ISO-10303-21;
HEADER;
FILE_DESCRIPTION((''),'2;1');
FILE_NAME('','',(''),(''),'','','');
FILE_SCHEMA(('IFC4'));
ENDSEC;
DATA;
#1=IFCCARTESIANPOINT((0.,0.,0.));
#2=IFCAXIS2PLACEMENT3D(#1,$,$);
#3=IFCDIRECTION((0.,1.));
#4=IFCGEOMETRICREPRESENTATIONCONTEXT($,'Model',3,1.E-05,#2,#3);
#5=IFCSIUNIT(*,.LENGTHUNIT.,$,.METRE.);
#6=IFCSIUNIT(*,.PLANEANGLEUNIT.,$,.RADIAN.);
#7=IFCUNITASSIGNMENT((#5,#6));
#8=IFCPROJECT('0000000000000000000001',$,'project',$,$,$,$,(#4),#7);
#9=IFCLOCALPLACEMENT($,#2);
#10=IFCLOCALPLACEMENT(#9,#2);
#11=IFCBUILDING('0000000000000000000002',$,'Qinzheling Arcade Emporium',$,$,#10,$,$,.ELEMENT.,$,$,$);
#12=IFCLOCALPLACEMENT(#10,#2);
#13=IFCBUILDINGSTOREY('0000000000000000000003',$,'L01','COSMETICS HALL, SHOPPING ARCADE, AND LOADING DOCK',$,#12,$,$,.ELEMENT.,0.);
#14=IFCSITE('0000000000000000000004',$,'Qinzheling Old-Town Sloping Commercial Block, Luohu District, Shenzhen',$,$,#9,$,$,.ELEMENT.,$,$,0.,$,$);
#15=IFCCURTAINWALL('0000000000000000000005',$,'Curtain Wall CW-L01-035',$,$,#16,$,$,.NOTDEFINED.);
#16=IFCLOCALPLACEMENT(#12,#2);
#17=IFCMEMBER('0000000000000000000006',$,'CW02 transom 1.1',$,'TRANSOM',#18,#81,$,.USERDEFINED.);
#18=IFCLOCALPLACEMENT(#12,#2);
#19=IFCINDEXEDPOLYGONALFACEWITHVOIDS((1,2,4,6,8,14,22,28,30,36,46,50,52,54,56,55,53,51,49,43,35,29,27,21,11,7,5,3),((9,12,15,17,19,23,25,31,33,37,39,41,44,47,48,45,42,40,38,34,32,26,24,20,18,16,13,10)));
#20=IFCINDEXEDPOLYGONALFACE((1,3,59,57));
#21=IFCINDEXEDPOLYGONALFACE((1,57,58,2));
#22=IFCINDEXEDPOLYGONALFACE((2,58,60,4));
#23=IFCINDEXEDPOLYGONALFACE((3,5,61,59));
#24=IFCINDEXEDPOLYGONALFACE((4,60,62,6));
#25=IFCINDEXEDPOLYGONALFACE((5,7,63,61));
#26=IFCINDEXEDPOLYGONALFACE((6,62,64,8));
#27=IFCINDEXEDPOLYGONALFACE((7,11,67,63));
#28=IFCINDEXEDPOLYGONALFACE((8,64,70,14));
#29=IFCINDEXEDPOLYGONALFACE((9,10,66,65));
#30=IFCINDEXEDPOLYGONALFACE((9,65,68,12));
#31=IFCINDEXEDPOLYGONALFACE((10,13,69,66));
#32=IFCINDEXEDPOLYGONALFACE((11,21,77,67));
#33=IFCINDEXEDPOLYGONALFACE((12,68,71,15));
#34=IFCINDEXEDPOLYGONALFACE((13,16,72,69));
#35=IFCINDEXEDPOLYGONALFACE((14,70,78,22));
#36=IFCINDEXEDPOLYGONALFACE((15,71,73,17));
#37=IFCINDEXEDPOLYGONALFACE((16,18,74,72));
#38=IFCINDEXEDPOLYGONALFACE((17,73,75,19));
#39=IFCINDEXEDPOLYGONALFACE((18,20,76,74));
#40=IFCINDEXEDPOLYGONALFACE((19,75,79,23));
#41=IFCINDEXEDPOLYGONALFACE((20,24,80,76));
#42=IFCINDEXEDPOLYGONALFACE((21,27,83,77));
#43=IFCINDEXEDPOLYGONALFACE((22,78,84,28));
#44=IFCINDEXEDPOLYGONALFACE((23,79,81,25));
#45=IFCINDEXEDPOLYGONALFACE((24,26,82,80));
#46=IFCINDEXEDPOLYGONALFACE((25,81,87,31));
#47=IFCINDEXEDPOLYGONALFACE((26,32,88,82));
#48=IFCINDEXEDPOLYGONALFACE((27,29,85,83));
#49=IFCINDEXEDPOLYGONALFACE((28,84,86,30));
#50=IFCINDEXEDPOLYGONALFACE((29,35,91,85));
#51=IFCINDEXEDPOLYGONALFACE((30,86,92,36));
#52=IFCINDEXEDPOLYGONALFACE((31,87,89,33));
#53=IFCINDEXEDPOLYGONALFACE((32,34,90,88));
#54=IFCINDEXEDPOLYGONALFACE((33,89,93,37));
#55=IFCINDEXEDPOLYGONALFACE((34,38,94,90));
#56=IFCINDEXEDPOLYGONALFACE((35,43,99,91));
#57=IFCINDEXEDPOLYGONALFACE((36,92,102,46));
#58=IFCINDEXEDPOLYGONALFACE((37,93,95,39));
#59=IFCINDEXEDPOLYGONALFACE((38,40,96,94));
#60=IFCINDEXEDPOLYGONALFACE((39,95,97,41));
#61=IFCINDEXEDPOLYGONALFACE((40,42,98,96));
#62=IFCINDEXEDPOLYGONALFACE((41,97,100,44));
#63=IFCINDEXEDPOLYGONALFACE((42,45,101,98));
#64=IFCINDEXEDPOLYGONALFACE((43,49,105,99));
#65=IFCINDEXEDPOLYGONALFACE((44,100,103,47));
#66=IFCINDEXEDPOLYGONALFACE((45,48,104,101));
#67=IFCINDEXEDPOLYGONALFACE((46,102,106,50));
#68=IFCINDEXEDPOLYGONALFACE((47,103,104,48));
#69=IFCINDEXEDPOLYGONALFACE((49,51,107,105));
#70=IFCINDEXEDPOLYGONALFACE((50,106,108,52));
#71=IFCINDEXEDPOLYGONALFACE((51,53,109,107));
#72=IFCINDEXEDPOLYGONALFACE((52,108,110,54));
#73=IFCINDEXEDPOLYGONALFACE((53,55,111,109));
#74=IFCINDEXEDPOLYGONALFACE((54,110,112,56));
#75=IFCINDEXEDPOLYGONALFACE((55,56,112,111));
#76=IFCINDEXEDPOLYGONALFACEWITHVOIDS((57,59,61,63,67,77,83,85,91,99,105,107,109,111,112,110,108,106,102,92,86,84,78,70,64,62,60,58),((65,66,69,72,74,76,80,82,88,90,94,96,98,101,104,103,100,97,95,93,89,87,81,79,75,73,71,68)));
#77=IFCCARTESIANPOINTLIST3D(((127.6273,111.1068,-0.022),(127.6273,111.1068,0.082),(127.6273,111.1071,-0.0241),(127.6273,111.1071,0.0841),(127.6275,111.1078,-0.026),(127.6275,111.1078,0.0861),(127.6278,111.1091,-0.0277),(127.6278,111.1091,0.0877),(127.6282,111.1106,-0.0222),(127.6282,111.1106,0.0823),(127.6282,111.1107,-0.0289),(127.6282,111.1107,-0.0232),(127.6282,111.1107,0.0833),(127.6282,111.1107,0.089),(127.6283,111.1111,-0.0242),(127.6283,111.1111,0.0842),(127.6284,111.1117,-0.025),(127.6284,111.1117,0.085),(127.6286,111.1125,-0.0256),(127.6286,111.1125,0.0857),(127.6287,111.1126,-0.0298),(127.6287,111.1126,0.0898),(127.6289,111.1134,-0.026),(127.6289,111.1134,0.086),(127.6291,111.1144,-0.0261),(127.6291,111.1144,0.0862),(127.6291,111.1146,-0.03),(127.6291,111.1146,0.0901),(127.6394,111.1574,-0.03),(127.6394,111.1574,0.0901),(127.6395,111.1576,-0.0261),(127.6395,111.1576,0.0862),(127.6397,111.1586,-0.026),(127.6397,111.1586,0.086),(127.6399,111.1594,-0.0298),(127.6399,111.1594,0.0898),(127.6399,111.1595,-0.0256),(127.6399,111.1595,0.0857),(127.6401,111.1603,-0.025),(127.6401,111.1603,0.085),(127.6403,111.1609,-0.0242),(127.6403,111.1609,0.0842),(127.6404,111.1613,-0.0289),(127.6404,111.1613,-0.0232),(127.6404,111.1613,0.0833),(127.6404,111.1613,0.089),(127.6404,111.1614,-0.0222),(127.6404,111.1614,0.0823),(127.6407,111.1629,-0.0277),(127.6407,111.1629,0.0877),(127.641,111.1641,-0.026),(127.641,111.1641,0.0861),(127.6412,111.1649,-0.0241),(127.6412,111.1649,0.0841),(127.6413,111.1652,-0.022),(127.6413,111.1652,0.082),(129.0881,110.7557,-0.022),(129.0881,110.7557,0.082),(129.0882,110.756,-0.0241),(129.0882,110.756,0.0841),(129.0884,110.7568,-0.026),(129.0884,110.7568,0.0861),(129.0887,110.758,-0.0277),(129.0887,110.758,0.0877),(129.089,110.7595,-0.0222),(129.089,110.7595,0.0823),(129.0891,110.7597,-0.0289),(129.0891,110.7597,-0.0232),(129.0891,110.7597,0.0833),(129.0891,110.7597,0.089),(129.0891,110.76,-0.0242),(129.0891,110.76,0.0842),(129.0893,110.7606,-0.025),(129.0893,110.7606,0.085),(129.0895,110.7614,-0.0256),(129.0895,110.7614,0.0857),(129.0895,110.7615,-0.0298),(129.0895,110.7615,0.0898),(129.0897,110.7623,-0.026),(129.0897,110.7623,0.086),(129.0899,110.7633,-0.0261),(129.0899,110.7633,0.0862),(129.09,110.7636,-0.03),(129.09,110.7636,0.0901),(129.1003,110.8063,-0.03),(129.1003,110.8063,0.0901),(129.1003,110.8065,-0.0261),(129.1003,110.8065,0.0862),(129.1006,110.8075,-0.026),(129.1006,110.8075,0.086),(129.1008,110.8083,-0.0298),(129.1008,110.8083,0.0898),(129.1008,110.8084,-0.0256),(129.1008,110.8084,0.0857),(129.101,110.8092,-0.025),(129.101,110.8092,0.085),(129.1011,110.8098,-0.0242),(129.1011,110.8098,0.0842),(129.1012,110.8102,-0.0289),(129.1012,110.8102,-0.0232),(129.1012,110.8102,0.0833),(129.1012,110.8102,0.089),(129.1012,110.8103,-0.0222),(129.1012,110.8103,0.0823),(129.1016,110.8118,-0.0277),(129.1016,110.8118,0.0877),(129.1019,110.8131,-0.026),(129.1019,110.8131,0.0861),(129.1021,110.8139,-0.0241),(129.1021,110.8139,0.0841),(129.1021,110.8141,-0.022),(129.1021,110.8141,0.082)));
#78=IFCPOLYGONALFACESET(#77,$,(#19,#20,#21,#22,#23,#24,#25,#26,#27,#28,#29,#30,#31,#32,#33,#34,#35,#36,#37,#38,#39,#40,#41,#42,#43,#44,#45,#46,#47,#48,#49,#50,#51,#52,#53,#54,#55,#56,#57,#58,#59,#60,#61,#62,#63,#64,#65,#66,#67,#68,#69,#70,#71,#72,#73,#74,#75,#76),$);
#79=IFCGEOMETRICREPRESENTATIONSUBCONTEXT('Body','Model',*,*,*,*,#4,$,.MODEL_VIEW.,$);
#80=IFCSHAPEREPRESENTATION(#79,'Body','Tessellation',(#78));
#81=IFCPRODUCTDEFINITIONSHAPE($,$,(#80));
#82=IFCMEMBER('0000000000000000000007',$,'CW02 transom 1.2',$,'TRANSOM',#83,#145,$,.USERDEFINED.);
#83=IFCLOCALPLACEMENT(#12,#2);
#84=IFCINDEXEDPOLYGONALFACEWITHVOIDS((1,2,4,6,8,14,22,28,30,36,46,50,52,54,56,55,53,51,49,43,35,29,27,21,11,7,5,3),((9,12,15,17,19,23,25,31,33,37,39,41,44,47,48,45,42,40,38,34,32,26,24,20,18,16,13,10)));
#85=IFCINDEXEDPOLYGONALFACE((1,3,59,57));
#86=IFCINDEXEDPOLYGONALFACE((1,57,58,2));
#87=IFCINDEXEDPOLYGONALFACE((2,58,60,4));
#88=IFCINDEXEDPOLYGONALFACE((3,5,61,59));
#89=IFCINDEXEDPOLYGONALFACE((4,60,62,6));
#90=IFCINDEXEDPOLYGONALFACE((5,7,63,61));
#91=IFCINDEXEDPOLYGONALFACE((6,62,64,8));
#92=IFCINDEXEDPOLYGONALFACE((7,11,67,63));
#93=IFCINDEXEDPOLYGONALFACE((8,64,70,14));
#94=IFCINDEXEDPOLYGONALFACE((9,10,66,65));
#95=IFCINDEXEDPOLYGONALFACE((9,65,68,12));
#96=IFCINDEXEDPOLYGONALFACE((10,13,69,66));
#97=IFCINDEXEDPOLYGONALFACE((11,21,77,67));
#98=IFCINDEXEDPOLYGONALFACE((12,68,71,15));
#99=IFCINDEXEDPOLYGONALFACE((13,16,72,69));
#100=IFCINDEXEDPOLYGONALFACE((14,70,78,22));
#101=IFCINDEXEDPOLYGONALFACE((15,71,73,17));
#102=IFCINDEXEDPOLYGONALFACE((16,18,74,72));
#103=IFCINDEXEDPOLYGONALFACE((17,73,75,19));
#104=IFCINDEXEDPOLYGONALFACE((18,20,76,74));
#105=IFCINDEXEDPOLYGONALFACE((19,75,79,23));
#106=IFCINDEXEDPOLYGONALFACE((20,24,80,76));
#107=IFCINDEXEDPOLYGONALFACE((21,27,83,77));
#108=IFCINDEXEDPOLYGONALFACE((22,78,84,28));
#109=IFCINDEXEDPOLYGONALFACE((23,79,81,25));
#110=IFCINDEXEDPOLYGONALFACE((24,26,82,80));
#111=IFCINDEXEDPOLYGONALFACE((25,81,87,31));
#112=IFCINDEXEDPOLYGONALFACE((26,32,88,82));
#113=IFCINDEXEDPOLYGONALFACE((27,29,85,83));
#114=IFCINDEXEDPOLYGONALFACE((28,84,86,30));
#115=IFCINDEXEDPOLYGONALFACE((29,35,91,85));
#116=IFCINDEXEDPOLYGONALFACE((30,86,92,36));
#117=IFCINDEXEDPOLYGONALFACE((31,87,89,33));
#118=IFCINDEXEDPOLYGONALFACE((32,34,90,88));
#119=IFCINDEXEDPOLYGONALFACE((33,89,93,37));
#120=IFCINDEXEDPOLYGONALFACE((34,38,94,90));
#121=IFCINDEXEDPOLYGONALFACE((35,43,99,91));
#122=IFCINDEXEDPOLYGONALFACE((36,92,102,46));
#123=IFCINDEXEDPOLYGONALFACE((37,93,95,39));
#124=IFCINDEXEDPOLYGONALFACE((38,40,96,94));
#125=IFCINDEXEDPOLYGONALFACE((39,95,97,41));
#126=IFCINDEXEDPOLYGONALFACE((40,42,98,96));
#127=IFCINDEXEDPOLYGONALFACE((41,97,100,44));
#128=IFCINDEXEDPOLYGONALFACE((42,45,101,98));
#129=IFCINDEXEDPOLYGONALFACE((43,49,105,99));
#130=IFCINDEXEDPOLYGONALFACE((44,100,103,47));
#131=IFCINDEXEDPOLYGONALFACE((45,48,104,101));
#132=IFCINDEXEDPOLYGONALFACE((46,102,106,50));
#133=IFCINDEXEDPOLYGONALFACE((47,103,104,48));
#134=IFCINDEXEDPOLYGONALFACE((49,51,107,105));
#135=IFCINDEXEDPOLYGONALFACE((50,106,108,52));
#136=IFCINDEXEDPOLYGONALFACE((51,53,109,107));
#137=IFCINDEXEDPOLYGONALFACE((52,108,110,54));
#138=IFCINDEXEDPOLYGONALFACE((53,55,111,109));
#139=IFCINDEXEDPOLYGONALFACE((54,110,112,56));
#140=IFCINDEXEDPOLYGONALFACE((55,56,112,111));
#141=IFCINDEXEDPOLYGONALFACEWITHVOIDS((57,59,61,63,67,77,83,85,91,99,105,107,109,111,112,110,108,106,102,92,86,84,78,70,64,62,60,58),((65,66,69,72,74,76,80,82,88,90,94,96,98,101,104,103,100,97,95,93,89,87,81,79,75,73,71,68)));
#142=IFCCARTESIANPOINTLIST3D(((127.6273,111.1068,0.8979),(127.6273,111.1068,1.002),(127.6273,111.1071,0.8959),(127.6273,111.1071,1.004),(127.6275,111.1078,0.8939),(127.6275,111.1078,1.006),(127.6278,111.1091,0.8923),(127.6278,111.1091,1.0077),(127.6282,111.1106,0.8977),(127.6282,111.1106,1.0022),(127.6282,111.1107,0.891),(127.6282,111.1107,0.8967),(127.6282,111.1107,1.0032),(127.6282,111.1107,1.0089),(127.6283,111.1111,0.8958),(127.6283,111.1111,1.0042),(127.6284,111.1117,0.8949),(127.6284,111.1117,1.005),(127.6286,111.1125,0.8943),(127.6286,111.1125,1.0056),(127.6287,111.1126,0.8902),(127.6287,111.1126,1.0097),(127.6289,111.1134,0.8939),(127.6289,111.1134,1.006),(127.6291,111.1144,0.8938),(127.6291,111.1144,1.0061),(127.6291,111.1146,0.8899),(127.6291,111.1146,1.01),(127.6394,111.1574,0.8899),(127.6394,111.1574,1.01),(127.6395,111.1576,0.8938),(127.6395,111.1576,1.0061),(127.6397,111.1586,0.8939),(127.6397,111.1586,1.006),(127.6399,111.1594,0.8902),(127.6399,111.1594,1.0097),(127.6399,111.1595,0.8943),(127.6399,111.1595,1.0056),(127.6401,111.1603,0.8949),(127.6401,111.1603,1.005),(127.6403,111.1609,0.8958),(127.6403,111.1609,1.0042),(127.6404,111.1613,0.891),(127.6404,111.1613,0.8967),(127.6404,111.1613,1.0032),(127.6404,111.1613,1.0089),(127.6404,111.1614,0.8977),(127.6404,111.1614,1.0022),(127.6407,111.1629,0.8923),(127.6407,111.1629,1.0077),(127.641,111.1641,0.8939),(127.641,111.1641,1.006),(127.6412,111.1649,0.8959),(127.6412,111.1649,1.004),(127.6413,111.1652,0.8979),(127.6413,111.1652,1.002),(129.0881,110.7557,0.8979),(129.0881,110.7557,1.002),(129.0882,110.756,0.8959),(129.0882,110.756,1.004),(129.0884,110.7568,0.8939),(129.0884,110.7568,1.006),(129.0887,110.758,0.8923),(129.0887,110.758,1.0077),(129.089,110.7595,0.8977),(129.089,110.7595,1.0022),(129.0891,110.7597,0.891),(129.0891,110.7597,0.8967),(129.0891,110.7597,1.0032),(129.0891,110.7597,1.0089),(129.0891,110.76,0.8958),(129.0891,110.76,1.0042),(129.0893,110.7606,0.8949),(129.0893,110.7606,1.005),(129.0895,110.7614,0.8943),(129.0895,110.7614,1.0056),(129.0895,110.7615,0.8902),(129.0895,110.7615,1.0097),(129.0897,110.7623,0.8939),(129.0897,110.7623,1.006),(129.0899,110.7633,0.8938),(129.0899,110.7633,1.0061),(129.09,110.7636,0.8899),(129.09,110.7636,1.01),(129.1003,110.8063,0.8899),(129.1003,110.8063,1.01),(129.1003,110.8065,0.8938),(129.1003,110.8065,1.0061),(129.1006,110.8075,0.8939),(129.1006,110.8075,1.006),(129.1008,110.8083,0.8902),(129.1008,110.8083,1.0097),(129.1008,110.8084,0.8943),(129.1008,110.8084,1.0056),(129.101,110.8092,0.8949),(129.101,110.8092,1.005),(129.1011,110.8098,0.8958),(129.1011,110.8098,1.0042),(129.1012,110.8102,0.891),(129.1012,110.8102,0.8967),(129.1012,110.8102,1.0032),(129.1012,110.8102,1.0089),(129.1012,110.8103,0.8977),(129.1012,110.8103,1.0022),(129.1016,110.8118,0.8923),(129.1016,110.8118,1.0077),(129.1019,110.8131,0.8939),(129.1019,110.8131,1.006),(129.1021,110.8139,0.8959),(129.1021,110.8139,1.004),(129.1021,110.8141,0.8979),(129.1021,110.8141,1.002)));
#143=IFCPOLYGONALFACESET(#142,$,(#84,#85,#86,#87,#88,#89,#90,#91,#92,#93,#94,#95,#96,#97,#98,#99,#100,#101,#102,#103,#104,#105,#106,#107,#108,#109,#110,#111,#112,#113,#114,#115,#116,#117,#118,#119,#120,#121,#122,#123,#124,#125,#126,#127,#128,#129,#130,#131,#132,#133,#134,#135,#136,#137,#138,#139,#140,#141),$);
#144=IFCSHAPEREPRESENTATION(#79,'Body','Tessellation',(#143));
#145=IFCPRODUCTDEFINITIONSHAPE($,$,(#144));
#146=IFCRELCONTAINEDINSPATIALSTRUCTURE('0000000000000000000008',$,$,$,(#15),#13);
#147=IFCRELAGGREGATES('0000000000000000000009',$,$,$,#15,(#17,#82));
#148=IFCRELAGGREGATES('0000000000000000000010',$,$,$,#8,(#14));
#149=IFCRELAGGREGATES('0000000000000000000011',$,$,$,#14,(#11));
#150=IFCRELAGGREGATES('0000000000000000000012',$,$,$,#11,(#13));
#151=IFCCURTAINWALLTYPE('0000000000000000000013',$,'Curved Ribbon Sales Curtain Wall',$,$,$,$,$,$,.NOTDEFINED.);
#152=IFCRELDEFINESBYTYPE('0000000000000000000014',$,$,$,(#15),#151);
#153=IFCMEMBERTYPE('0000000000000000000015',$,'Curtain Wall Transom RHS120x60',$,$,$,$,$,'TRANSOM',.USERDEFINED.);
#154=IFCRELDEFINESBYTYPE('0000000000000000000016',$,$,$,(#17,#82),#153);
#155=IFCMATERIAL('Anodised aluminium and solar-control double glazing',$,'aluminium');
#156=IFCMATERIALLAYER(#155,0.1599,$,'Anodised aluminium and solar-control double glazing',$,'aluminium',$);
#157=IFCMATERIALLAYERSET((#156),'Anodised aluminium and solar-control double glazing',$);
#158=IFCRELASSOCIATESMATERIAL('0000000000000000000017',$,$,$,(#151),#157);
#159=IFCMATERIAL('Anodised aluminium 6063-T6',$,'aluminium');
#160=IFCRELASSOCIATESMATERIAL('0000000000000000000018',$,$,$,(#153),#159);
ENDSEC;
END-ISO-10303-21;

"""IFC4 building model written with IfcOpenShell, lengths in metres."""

from ifc_helpers import new_model, si_unit, direction, frame, origin, origin_2d, place, context, subcontext, project, spatial, hollow_rectangle, extrude, material, layer, layer_set, material_profile, profile_set, type_object, element, aggregate, save


model = new_model("IFC4")

# Units and contexts
model_context = context("Model", 3, precision=1e-05, world=origin(), true_north=direction((0.0, 1.0)))
body_context = subcontext(model_context, "Body", "Model", "MODEL_VIEW")
ifc_project = project(units=[si_unit("LENGTHUNIT", "METRE"), si_unit("PLANEANGLEUNIT", "RADIAN")], contexts=[model_context])

# Site, building, storey
site_placement = place(None, origin())
site = spatial("IfcSite", under=ifc_project, at=site_placement, Name="Qinzheling Old-Town Sloping Commercial Block, Luohu District, Shenzhen", CompositionType="ELEMENT", RefElevation=0.0)
building_placement = place(site_placement, origin())
building = spatial("IfcBuilding", under=site, at=building_placement, Name="Qinzheling Arcade Emporium", CompositionType="ELEMENT")
storey_placement = place(building_placement, origin())
storey = spatial("IfcBuildingStorey", under=building, at=storey_placement, Name="L01", Description="COSMETICS HALL, SHOPPING ARCADE, AND LOADING DOCK", CompositionType="ELEMENT", Elevation=0.0)

# Curtain wall, members
ifc_material_1 = material(Name="Anodised aluminium and solar-control double glazing", Category="aluminium")
ifc_layer_1 = layer(ifc_material_1, 0.1599, Name="Anodised aluminium and solar-control double glazing", Category="aluminium")
ifc_layer_set_1 = layer_set([ifc_layer_1], Name="Anodised aluminium and solar-control double glazing")
curtain_wall_type = type_object("IfcCurtainWallType", Name="Curved Ribbon Sales Curtain Wall", PredefinedType="NOTDEFINED", material=ifc_layer_set_1)
curtain_wall_placement = place(storey_placement, origin())
curtain_wall = element("IfcCurtainWall", 1, at=curtain_wall_placement, inside=storey, type_object=curtain_wall_type, Name="Curtain Wall CW-L01-035", PredefinedType="NOTDEFINED")
ifc_material_2 = material(Name="Anodised aluminium 6063-T6", Category="aluminium")
ifc_material_profile_1 = material_profile(ifc_material_2, hollow_rectangle(XDim=0.0601, YDim=0.1201, WallThickness=0.0039, InnerFilletRadius=0.0039, OuterFilletRadius=0.0081, at=origin_2d()), Name="RHS 120x60x4", Category="aluminium")
ifc_profile_set_1 = profile_set([ifc_material_profile_1], Name="Anodised aluminium 6063-T6")
member_type_1 = type_object("IfcMemberType", Name="Curtain Wall Transom RHS120x60", ElementType="TRANSOM", PredefinedType="USERDEFINED", material=ifc_profile_set_1)
member_1_placement = place(storey_placement, frame((127.6343, 111.136, 0.03), z_axis=(0.972319, -0.233656, 0.0), x_axis=(0.233656, 0.972319, 0.0)))
member_1 = element("IfcMember", 2, at=member_1_placement, type_object=member_type_1, Name="CW02 transom 1.1", ObjectType="TRANSOM", PredefinedType="USERDEFINED", context=body_context, shape_type="SweptSolid", body=[
    extrude(hollow_rectangle(XDim=0.0601, YDim=0.1201, WallThickness=0.0039, InnerFilletRadius=0.0039, OuterFilletRadius=0.0081, at=origin_2d()), origin(), (0.0, 0.0, 1.0), 1.5024),
])
member_2_placement = place(storey_placement, frame((127.6343, 111.136, 0.95), z_axis=(0.972319, -0.233656, 0.0), x_axis=(0.233656, 0.972319, 0.0)))
member_2 = element("IfcMember", 3, at=member_2_placement, type_object=member_type_1, Name="CW02 transom 1.2", ObjectType="TRANSOM", PredefinedType="USERDEFINED", context=body_context, shape_type="SweptSolid", body=[
    extrude(hollow_rectangle(XDim=0.0601, YDim=0.1201, WallThickness=0.0039, InnerFilletRadius=0.0039, OuterFilletRadius=0.0081, at=origin_2d()), origin(), (0.0, 0.0, 1.0), 1.5024),
])

aggregate(curtain_wall, [member_1, member_2])

save(model, "model.ifc")
